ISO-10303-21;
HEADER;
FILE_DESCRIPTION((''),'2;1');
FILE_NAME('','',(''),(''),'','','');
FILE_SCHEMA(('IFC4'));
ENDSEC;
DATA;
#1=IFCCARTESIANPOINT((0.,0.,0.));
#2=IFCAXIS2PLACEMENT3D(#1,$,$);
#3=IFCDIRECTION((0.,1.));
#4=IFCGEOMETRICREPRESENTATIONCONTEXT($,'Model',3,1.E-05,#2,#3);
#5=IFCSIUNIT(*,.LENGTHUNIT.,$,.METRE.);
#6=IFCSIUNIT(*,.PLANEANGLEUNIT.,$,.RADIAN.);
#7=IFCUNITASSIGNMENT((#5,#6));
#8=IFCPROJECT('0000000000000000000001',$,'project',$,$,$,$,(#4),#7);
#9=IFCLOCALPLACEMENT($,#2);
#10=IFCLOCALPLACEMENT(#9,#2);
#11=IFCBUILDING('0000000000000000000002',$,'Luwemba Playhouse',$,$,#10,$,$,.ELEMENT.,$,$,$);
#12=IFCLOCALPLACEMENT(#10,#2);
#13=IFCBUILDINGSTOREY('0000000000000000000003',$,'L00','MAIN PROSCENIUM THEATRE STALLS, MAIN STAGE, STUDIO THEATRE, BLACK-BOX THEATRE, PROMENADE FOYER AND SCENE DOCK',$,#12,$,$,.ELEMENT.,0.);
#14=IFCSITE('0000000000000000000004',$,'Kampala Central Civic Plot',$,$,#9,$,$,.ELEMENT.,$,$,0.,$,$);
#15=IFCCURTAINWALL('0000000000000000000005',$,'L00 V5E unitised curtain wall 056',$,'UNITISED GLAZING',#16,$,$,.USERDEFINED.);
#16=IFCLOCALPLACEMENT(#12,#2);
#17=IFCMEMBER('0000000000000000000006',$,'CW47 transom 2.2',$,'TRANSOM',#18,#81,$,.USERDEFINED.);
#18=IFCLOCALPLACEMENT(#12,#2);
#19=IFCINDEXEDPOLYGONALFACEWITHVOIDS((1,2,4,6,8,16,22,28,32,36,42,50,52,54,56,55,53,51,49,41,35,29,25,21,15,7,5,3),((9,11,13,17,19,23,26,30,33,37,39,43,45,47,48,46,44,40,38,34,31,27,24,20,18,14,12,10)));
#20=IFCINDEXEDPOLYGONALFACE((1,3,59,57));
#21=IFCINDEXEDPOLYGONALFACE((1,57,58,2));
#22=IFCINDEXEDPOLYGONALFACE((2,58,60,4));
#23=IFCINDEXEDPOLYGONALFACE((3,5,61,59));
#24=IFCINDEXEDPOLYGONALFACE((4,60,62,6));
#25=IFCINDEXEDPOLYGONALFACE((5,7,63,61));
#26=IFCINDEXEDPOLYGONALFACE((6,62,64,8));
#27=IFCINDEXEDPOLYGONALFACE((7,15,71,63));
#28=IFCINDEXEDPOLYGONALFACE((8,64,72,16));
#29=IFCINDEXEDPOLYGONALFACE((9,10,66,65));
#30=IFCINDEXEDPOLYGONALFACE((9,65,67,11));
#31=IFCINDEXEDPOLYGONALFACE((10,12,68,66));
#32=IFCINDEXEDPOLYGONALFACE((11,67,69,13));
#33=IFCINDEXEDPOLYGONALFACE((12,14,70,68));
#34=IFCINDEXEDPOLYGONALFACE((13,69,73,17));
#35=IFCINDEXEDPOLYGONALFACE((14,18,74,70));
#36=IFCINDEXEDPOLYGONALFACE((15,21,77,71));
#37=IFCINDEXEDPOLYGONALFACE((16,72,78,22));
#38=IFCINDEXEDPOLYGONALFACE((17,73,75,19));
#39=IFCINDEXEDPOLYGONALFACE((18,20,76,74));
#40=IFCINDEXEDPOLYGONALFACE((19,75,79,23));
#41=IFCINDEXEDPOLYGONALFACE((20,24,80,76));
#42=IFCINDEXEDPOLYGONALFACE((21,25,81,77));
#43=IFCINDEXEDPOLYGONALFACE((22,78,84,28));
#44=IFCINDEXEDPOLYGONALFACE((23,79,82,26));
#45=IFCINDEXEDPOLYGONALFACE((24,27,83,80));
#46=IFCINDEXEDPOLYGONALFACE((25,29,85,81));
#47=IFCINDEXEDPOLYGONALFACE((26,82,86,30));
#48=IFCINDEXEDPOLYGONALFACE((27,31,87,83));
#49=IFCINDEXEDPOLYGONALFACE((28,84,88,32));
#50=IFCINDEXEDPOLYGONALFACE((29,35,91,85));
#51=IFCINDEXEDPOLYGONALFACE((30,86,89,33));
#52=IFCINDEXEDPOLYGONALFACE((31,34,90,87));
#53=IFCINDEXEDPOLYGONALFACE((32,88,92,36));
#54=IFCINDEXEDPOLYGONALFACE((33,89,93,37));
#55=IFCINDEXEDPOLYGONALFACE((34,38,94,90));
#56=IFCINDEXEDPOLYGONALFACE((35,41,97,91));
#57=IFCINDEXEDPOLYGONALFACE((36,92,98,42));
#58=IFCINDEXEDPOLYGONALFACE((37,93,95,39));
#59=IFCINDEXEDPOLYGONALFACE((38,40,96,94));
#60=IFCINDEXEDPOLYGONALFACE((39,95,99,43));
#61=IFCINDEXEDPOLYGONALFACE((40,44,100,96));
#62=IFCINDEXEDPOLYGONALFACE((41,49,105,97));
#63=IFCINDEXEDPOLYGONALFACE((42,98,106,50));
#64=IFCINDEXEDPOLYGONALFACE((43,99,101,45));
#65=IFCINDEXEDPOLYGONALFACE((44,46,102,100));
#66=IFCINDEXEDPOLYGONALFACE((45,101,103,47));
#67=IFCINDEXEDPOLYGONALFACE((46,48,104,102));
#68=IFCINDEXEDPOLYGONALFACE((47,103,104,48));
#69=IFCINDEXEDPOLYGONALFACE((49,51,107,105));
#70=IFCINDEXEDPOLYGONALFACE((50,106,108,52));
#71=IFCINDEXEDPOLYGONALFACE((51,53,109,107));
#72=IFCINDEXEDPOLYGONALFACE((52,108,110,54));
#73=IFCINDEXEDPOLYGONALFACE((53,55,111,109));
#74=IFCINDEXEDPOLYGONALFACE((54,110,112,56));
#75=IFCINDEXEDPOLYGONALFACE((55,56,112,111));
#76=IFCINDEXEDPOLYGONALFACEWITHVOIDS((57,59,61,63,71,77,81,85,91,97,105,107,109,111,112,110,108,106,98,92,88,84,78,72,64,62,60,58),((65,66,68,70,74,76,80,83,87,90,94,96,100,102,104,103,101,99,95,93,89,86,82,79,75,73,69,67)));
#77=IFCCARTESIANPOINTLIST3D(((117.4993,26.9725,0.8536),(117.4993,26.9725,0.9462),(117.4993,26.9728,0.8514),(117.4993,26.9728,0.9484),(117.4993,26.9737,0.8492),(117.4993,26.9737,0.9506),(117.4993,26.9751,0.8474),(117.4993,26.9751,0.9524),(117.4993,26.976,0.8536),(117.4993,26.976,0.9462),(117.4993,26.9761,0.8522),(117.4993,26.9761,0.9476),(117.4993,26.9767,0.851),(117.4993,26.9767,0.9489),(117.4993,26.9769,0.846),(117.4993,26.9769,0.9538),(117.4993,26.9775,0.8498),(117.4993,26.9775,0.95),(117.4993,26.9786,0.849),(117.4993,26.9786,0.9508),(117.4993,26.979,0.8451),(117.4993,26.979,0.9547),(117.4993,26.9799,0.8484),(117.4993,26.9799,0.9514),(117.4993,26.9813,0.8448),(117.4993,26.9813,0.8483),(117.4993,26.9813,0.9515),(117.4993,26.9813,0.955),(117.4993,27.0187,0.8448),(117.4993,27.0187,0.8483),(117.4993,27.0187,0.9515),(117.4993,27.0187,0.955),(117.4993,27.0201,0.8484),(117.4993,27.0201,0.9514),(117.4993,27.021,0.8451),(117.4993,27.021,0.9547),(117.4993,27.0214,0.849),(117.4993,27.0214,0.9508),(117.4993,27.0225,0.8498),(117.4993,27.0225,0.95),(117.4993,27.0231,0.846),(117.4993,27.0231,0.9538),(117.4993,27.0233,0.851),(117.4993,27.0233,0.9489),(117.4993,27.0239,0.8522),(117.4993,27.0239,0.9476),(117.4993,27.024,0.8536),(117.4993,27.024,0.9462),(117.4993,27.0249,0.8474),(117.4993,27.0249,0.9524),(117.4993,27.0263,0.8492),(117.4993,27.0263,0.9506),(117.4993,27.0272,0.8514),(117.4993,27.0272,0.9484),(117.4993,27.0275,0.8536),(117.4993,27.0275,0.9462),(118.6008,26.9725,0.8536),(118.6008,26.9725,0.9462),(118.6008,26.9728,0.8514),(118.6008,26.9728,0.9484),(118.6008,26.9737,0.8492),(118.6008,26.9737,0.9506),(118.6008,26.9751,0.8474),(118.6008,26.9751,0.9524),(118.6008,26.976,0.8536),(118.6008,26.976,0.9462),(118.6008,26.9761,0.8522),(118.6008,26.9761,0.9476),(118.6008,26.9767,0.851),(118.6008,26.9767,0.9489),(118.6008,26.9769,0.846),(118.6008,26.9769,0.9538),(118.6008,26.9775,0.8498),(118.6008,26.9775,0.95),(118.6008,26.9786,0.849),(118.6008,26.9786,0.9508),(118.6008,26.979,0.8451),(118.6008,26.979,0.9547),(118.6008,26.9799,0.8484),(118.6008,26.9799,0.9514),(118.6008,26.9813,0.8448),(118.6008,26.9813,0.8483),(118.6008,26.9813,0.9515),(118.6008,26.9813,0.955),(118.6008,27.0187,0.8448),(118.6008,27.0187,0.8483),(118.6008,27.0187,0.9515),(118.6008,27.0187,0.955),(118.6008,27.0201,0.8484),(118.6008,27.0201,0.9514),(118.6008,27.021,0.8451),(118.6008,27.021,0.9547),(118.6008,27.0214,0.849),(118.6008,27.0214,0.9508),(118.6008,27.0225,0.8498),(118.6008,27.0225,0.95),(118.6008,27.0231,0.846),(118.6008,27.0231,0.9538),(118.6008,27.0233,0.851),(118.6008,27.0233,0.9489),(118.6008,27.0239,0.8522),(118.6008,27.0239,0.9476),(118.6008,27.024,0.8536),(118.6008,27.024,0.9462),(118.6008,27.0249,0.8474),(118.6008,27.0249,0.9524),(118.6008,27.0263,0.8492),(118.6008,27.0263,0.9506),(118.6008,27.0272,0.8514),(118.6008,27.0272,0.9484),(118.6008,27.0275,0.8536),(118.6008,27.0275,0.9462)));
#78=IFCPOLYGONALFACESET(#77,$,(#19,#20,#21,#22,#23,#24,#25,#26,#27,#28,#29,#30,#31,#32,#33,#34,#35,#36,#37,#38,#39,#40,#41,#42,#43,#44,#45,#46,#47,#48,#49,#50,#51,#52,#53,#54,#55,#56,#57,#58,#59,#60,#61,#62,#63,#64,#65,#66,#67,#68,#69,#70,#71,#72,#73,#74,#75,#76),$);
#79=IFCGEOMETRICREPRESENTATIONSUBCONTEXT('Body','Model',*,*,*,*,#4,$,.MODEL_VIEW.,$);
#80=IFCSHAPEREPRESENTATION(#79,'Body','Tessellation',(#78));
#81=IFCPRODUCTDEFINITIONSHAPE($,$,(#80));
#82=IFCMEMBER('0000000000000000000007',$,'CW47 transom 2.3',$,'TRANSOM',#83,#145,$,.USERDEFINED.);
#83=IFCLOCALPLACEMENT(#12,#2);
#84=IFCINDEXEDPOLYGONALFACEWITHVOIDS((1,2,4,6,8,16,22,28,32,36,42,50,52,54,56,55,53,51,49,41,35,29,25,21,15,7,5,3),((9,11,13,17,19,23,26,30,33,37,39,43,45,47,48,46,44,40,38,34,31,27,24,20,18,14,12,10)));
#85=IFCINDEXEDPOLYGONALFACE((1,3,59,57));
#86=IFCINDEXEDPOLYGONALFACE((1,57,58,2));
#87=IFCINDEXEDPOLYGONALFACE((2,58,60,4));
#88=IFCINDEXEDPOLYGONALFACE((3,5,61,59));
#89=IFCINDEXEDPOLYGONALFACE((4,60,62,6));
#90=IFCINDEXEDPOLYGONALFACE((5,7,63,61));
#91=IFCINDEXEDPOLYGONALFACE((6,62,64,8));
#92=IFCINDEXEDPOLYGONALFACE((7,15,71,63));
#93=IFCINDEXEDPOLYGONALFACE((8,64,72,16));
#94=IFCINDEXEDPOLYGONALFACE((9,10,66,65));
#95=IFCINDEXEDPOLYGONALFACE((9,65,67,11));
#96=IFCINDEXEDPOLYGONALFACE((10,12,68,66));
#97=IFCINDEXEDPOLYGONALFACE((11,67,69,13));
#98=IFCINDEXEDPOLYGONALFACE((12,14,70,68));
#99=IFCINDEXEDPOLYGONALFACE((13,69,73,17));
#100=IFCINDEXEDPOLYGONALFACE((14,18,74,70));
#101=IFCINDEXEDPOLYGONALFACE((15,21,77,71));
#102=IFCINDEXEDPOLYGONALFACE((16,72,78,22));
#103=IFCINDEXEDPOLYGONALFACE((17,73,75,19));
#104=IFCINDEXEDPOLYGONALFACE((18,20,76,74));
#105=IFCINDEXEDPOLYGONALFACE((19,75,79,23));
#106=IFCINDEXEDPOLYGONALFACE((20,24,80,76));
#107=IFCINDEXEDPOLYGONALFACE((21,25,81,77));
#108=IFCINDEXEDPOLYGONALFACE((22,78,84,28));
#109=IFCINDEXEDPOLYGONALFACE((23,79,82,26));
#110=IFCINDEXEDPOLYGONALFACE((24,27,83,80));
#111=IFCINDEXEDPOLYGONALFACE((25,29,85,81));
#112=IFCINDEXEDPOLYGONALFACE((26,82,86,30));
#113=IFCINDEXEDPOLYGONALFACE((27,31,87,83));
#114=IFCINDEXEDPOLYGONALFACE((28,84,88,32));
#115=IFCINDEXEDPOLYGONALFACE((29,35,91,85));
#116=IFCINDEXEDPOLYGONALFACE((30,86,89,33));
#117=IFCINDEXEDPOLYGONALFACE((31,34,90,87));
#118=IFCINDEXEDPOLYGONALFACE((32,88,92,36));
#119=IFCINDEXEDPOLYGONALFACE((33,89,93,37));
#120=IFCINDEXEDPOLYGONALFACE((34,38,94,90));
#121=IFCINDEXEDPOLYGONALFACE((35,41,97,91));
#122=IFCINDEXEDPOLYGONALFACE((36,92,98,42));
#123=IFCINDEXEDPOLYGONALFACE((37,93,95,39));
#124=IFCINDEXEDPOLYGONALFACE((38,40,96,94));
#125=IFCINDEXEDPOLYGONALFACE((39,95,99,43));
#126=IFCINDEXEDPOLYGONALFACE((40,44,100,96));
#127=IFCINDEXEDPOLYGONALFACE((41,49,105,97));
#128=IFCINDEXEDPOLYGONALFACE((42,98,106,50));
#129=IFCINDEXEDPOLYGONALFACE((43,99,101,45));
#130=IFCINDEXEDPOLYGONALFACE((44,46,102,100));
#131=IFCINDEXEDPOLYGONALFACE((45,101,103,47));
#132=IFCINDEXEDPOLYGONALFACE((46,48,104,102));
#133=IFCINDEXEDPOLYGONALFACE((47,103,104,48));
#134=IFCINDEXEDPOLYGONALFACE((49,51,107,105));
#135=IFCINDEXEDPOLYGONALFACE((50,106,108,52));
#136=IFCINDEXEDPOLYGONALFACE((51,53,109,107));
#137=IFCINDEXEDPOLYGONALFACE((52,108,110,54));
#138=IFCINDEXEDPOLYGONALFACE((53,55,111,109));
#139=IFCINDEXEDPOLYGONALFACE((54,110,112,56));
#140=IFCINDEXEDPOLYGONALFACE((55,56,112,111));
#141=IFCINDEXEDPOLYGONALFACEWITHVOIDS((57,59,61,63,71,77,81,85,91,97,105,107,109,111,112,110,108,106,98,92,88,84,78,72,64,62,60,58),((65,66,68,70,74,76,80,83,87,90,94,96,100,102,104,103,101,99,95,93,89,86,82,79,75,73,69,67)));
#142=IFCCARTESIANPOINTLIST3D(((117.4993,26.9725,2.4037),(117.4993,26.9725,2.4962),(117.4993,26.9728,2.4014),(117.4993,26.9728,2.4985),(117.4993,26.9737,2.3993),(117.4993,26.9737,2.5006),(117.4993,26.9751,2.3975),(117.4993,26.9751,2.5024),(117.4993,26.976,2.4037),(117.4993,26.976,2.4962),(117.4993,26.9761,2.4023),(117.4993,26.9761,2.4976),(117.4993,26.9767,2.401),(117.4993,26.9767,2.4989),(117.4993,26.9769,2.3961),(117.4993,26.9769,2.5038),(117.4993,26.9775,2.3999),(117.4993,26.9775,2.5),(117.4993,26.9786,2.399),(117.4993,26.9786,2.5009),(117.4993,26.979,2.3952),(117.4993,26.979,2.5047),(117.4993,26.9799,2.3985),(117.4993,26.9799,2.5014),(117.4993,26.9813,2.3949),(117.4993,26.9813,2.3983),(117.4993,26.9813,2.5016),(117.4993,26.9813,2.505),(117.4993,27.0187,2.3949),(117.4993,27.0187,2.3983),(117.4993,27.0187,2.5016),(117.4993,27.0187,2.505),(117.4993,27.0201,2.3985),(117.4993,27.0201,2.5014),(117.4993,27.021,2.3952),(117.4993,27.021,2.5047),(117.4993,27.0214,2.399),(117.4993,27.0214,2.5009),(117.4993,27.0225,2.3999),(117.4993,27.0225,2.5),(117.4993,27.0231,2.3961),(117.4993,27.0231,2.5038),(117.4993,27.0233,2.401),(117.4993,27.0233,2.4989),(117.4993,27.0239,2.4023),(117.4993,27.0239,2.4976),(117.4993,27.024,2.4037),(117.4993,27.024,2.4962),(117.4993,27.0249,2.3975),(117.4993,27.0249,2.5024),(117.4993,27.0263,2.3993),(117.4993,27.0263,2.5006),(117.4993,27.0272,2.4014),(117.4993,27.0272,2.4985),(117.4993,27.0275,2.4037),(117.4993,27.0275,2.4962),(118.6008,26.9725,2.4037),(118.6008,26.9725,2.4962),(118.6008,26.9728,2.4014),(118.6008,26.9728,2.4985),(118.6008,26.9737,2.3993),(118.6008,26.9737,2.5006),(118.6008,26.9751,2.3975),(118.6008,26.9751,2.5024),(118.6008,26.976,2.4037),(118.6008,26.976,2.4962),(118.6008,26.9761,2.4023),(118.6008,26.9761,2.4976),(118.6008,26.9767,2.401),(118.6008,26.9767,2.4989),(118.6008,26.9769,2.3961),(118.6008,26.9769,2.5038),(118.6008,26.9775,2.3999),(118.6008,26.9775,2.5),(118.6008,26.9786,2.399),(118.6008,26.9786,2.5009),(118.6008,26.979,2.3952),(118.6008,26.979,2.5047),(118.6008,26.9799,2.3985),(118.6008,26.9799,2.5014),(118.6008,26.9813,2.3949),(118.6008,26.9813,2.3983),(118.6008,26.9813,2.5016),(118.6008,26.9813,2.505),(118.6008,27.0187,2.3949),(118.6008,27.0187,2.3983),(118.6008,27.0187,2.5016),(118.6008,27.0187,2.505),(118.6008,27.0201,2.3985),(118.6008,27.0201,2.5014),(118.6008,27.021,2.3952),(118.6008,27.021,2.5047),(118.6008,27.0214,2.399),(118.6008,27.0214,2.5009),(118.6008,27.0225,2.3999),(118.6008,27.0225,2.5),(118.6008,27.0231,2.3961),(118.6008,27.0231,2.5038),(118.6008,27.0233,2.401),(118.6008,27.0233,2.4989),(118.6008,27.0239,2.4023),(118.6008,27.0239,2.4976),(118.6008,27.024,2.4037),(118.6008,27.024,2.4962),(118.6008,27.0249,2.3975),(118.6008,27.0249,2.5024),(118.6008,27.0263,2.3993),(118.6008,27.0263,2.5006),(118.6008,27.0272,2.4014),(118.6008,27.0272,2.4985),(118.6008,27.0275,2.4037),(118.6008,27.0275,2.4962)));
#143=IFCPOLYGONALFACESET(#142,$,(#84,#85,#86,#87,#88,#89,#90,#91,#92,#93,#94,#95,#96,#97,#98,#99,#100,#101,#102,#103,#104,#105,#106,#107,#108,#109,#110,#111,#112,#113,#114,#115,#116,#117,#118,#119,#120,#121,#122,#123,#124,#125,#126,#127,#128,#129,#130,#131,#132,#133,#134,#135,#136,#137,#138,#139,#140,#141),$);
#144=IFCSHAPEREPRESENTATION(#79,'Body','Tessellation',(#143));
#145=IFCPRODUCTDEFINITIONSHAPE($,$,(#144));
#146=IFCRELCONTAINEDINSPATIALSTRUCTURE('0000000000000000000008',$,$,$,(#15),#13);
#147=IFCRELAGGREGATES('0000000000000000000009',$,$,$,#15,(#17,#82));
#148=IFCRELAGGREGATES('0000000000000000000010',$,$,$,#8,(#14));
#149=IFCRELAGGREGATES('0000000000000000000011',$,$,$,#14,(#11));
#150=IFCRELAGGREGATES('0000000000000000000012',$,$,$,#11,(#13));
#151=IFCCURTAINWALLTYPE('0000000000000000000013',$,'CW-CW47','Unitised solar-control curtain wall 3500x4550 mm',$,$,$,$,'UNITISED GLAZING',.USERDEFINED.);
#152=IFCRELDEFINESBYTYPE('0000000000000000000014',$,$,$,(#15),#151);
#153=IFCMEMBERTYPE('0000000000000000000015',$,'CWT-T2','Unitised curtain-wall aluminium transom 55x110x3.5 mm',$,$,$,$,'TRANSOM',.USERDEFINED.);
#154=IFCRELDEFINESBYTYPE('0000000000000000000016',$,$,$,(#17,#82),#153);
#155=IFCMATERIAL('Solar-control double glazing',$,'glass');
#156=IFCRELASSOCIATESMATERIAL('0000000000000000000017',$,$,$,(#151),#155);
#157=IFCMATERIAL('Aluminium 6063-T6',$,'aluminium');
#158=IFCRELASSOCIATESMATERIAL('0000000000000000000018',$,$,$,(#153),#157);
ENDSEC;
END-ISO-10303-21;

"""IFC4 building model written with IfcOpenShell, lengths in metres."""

from ifc_helpers import new_model, si_unit, direction, frame, origin, origin_2d, place, context, subcontext, project, spatial, hollow_rectangle, extrude, material, material_profile, profile_set, type_object, element, aggregate, save


model = new_model("IFC4")

# Units and contexts
model_context = context("Model", 3, precision=1e-05, world=origin(), true_north=direction((0.0, 1.0)))
body_context = subcontext(model_context, "Body", "Model", "MODEL_VIEW")
ifc_project = project(units=[si_unit("LENGTHUNIT", "METRE"), si_unit("PLANEANGLEUNIT", "RADIAN")], contexts=[model_context])

# Site, building, storey
site_placement = place(None, origin())
site = spatial("IfcSite", under=ifc_project, at=site_placement, Name="Kampala Central Civic Plot", CompositionType="ELEMENT", RefElevation=0.0)
building_placement = place(site_placement, origin())
building = spatial("IfcBuilding", under=site, at=building_placement, Name="Luwemba Playhouse", CompositionType="ELEMENT")
storey_placement = place(building_placement, origin())
storey = spatial("IfcBuildingStorey", under=building, at=storey_placement, Name="L00", Description="MAIN PROSCENIUM THEATRE STALLS, MAIN STAGE, STUDIO THEATRE, BLACK-BOX THEATRE, PROMENADE FOYER AND SCENE DOCK", CompositionType="ELEMENT", Elevation=0.0)

# Shared definitions
ifc_material_1 = material(Name="Solar-control double glazing", Category="glass")
ifc_material_2 = material(Name="Aluminium 6063-T6", Category="aluminium")

# Curtain wall
curtain_wall_type_1 = type_object("IfcCurtainWallType", Name="CW-CW47", Description="Unitised solar-control curtain wall 3500x4550 mm", ElementType="UNITISED GLAZING", PredefinedType="USERDEFINED", material=ifc_material_1)
curtain_wall_1_placement = place(storey_placement, origin())
curtain_wall_1 = element("IfcCurtainWall", 1, at=curtain_wall_1_placement, inside=storey, type_object=curtain_wall_type_1, Name="L00 V5E unitised curtain wall 056", ObjectType="UNITISED GLAZING", PredefinedType="USERDEFINED")

# Members
ifc_material_profile_1 = material_profile(ifc_material_2, hollow_rectangle(XDim=0.0549, YDim=0.1101, WallThickness=0.0034, InnerFilletRadius=0.0054, OuterFilletRadius=0.0088, at=origin_2d()))
ifc_profile_set_1 = profile_set([ifc_material_profile_1], Name="Aluminium 6063-T6")
member_type_1 = type_object("IfcMemberType", Name="CWT-T2", Description="Unitised curtain-wall aluminium transom 55x110x3.5 mm", ElementType="TRANSOM", PredefinedType="USERDEFINED", material=ifc_profile_set_1)
member_1_placement = place(storey_placement, frame((117.4993, 27.0, 0.8999), z_axis=(1.0, 0.0, 0.0), x_axis=(0.0, 1.0, 0.0)))
member_1 = element("IfcMember", 2, at=member_1_placement, type_object=member_type_1, Name="CW47 transom 2.2", ObjectType="TRANSOM", PredefinedType="USERDEFINED", context=body_context, shape_type="SweptSolid", body=[
    extrude(hollow_rectangle(XDim=0.0549, YDim=0.1101, WallThickness=0.0034, InnerFilletRadius=0.0054, OuterFilletRadius=0.0088, at=origin_2d()), origin(), (0.0, 0.0, 1.0), 1.1016),
])
member_2_placement = place(storey_placement, frame((117.4993, 27.0, 2.45), z_axis=(1.0, 0.0, 0.0), x_axis=(0.0, 1.0, 0.0)))
member_2 = element("IfcMember", 3, at=member_2_placement, type_object=member_type_1, Name="CW47 transom 2.3", ObjectType="TRANSOM", PredefinedType="USERDEFINED", context=body_context, shape_type="SweptSolid", body=[
    extrude(hollow_rectangle(XDim=0.0549, YDim=0.1101, WallThickness=0.0034, InnerFilletRadius=0.0054, OuterFilletRadius=0.0088, at=origin_2d()), origin(), (0.0, 0.0, 1.0), 1.1016),
])

aggregate(curtain_wall_1, [member_1, member_2])

save(model, "model.ifc")
